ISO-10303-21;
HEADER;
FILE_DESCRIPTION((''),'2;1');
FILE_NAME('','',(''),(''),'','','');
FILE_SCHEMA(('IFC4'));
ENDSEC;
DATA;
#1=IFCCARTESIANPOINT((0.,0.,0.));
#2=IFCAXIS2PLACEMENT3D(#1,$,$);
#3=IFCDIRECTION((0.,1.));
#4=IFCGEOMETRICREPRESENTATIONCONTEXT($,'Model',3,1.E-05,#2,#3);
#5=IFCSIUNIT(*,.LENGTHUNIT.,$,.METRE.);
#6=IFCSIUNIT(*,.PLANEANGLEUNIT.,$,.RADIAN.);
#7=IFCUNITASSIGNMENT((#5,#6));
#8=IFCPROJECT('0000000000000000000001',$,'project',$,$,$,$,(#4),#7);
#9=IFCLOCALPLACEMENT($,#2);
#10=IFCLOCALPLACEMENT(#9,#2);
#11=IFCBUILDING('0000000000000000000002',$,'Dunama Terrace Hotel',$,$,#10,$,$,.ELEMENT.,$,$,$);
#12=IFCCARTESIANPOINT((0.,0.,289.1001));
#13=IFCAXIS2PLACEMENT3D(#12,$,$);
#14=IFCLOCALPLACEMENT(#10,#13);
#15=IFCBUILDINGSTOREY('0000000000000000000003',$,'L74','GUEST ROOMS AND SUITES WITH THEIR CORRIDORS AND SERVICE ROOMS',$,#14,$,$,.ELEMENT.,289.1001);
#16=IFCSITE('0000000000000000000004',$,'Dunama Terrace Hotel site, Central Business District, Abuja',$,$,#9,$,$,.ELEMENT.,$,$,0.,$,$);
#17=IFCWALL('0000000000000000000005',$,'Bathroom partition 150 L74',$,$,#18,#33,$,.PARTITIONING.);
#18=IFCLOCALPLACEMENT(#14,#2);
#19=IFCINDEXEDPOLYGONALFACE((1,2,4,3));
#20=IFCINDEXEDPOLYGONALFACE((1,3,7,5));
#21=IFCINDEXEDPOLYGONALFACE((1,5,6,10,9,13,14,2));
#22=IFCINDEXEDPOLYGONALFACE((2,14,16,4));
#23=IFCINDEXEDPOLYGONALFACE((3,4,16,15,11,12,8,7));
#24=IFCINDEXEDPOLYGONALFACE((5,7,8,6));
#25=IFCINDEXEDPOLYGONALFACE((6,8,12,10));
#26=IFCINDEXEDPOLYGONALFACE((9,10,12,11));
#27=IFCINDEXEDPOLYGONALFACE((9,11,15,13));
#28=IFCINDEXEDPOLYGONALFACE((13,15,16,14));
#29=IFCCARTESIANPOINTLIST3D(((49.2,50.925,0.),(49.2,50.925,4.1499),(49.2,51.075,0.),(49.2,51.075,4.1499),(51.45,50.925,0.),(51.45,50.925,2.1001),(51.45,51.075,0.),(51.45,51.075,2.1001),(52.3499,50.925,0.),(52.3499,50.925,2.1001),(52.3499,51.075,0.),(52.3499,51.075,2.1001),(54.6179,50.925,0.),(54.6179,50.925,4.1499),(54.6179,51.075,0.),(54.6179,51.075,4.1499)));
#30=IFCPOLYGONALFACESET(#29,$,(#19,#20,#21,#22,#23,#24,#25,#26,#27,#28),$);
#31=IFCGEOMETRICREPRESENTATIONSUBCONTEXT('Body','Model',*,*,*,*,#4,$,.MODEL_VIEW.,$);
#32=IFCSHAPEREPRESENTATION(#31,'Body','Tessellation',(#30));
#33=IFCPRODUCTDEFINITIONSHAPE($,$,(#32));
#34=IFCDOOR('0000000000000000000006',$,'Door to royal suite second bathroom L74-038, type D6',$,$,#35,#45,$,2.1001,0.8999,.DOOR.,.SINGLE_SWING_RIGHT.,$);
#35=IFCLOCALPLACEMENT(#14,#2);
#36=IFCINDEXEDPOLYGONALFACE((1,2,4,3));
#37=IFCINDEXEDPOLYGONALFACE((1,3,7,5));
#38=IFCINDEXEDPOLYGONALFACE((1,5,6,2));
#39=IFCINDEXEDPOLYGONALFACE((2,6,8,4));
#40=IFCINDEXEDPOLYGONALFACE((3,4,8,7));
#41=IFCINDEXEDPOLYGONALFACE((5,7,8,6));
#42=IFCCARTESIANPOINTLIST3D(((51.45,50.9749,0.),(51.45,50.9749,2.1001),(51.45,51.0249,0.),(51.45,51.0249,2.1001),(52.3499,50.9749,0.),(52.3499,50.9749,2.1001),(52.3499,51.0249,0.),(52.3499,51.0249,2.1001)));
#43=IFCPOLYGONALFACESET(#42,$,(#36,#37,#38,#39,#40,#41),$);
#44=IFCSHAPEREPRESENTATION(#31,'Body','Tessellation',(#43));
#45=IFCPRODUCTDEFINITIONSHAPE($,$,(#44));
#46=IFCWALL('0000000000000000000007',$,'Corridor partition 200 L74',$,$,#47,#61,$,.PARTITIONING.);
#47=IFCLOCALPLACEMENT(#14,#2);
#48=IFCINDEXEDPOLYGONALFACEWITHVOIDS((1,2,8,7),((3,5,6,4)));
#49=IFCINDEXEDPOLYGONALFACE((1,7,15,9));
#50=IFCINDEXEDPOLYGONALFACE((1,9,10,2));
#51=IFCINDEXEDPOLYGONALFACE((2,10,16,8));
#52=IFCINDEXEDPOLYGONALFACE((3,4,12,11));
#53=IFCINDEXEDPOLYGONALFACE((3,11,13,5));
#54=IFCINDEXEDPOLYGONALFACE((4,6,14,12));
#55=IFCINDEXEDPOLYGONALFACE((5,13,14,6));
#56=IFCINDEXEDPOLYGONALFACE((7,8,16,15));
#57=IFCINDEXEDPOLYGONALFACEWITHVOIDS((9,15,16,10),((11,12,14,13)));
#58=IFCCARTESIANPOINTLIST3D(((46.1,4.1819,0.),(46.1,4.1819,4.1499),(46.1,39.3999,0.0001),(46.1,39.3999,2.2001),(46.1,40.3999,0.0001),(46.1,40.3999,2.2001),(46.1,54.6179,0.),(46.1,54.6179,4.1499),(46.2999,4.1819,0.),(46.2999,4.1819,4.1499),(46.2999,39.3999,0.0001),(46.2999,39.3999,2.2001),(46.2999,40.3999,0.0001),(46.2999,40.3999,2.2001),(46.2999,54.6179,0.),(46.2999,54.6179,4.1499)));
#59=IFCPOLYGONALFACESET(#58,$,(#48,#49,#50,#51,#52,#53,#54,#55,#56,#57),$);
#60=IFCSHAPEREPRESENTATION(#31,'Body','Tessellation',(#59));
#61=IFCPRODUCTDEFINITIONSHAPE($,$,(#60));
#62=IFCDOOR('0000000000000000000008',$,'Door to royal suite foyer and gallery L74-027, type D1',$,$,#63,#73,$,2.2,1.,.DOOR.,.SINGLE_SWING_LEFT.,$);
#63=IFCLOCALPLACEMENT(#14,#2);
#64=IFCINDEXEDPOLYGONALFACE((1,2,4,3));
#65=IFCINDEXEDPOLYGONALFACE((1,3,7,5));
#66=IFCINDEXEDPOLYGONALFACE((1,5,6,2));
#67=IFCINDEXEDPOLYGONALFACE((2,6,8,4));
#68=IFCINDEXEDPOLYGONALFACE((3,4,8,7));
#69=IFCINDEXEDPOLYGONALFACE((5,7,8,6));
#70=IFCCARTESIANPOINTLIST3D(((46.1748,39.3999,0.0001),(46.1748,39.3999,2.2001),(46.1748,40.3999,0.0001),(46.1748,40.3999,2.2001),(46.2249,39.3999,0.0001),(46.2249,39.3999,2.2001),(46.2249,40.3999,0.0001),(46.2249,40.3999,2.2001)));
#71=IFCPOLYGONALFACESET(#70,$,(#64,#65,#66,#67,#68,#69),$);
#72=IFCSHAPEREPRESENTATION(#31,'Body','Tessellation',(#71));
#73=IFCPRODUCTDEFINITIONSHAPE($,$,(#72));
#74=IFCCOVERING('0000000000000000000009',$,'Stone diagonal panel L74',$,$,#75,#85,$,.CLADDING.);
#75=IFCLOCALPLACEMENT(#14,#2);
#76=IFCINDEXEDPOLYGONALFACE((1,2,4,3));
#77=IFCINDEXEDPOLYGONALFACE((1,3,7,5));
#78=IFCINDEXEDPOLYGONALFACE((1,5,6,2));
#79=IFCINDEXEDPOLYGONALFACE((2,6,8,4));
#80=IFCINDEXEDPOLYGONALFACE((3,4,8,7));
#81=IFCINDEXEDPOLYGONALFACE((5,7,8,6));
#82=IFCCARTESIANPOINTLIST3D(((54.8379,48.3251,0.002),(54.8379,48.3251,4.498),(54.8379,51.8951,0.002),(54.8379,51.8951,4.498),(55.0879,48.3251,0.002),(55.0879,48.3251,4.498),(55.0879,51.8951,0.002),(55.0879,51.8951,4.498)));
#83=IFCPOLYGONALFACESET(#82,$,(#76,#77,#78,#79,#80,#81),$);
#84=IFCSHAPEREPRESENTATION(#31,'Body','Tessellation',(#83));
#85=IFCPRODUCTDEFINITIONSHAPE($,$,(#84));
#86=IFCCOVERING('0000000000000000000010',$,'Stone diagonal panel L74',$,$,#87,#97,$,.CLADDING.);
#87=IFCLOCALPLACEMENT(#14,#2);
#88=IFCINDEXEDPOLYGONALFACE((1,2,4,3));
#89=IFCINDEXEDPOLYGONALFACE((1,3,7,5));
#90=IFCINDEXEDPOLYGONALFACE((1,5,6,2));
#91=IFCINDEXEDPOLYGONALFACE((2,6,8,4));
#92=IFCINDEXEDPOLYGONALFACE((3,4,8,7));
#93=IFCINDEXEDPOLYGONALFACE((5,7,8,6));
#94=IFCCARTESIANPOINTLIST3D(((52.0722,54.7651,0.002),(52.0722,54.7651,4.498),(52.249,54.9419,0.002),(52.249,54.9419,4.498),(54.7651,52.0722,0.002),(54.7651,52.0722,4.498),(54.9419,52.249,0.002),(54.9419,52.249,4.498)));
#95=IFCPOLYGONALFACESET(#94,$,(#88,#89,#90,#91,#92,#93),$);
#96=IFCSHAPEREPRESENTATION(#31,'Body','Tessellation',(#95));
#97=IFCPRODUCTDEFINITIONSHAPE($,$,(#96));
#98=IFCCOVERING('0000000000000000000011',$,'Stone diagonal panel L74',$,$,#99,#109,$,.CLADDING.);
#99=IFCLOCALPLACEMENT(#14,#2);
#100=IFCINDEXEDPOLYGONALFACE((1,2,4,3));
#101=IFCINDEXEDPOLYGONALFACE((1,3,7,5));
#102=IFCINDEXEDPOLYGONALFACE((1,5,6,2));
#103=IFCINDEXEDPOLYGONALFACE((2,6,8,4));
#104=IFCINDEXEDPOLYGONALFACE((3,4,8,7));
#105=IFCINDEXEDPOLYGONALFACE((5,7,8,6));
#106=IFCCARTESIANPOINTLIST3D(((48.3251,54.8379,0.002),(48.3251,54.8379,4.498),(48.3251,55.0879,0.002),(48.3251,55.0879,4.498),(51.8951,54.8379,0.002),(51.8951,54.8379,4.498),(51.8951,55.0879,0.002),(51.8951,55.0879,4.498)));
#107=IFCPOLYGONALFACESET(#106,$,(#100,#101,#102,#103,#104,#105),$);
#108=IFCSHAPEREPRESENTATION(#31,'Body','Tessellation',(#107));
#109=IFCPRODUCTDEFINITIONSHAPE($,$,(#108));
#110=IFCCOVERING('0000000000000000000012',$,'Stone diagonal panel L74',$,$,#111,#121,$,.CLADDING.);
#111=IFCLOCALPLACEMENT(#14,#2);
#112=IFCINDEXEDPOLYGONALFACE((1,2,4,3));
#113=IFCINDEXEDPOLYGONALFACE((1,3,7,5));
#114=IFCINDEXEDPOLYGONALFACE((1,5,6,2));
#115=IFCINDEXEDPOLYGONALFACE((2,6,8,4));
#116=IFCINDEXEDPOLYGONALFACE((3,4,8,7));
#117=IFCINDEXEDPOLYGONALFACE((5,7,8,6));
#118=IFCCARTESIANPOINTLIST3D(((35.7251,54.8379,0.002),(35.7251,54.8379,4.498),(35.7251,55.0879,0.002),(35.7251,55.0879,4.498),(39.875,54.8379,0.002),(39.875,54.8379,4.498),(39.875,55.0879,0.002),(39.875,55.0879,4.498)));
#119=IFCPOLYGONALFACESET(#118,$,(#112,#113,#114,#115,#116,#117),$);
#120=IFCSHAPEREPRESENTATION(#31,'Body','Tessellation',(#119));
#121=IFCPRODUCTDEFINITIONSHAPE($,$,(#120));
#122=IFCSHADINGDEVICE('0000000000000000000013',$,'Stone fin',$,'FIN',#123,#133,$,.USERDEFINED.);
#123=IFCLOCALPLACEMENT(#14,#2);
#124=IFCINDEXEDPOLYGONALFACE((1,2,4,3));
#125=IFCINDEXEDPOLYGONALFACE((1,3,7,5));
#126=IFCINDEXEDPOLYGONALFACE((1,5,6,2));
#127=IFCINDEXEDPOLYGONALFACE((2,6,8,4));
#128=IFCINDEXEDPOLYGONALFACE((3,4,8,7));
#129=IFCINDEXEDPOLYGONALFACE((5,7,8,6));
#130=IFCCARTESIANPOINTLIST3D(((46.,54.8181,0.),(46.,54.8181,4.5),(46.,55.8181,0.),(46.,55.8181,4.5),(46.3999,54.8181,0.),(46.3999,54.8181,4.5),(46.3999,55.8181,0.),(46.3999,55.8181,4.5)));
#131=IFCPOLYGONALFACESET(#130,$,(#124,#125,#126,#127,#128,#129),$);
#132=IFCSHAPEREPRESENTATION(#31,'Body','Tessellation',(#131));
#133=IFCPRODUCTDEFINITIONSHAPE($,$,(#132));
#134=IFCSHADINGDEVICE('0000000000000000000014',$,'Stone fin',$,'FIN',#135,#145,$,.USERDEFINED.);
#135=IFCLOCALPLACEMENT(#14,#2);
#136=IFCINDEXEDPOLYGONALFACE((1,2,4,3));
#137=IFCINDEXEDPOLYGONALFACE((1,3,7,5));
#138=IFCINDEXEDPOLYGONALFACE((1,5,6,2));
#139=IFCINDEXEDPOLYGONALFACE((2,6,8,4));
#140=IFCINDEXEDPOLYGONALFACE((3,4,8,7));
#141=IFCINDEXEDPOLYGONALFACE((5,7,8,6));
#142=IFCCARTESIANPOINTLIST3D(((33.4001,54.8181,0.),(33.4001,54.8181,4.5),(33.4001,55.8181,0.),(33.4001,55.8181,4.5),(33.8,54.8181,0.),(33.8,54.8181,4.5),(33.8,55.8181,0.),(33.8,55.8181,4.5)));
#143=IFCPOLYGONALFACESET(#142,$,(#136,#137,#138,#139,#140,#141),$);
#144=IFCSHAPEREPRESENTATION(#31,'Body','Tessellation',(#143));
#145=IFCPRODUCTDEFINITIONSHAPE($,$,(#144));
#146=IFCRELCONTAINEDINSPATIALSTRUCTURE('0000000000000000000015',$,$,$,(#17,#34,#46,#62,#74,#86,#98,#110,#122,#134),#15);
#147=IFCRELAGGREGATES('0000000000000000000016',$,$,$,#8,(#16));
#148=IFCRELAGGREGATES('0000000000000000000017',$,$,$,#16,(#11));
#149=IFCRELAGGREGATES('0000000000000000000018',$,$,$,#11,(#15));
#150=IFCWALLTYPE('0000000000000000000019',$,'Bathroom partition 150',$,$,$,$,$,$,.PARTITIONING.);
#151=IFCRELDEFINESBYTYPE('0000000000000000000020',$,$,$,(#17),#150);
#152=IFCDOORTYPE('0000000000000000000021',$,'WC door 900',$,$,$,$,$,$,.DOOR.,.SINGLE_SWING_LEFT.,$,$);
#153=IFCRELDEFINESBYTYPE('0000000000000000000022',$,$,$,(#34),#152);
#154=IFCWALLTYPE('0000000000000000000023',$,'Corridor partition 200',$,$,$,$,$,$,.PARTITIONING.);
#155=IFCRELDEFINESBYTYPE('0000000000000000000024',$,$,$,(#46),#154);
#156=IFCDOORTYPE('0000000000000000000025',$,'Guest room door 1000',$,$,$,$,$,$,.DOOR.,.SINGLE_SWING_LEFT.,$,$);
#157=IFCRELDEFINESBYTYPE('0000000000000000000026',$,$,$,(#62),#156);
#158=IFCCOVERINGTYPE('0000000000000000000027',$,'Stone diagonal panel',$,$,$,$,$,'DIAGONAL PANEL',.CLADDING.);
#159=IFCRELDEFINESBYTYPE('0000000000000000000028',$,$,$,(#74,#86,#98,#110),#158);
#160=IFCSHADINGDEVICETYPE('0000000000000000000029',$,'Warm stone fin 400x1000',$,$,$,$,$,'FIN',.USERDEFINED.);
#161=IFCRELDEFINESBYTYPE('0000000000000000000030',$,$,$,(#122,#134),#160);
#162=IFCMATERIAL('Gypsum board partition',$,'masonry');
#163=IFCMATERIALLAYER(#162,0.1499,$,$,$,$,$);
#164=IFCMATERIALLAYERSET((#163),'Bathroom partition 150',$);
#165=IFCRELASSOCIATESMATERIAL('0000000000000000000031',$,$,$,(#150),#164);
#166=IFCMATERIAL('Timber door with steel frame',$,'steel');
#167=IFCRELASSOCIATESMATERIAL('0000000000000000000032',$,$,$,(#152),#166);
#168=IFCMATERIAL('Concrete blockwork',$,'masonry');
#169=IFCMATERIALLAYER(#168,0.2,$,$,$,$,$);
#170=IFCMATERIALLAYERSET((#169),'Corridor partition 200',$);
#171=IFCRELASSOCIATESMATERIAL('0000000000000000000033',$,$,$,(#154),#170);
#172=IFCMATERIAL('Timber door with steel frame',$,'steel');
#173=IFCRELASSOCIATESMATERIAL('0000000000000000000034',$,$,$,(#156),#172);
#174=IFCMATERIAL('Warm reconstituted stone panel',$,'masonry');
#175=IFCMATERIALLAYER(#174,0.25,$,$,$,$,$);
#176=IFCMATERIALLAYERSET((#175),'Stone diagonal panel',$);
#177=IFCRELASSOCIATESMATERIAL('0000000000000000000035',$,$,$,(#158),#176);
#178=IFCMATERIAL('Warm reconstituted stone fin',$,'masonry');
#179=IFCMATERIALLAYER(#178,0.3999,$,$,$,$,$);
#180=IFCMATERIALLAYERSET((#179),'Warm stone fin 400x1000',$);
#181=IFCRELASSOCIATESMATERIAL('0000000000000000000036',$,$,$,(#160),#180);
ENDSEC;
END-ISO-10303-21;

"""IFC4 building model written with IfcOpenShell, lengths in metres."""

from ifc_helpers import new_model, si_unit, direction, frame, frame_2d, origin, origin_2d, place, context, subcontext, project, spatial, rectangle, extrude, material, layer, layer_set, type_object, element, fill, save


model = new_model("IFC4")

# Units and contexts
model_context = context("Model", 3, precision=1e-05, world=origin(), true_north=direction((0.0, 1.0)))
body_context = subcontext(model_context, "Body", "Model", "MODEL_VIEW")
ifc_project = project(units=[si_unit("LENGTHUNIT", "METRE"), si_unit("PLANEANGLEUNIT", "RADIAN")], contexts=[model_context])

# Site, building, storey
site_placement = place(None, origin())
site = spatial("IfcSite", under=ifc_project, at=site_placement, Name="Dunama Terrace Hotel site, Central Business District, Abuja", CompositionType="ELEMENT", RefElevation=0.0)
building_placement = place(site_placement, origin())
building = spatial("IfcBuilding", under=site, at=building_placement, Name="Dunama Terrace Hotel", CompositionType="ELEMENT")
storey_placement = place(building_placement, frame((0.0, 0.0, 289.1001)))
storey = spatial("IfcBuildingStorey", under=building, at=storey_placement, Name="L74", Description="GUEST ROOMS AND SUITES WITH THEIR CORRIDORS AND SERVICE ROOMS", CompositionType="ELEMENT", Elevation=289.1001)

# Walls, openings, doors
ifc_material_1 = material(Name="Gypsum board partition", Category="masonry")
ifc_layer_1 = layer(ifc_material_1, 0.1499)
ifc_layer_set_1 = layer_set([ifc_layer_1], Name="Bathroom partition 150")
wall_type_1 = type_object("IfcWallType", Name="Bathroom partition 150", PredefinedType="PARTITIONING", material=ifc_layer_set_1)
wall_1_placement = place(storey_placement, frame((49.2, 51.0, 0.0), z_axis=(0.0, 0.0, 1.0), x_axis=(1.0, 0.0, 0.0)))
wall_1 = element("IfcWall", 1, at=wall_1_placement, inside=storey, type_object=wall_type_1, Name="Bathroom partition 150 L74", PredefinedType="PARTITIONING", context=body_context, shape_type="SweptSolid", body=[
    extrude(rectangle(XDim=5.418, YDim=0.1499, at=frame_2d((2.709, 0.0))), origin(), (0.0, 0.0, 1.0), 4.1499),
])
opening_1_placement = place(wall_1_placement, frame((2.25, 0.0, 0.0)))
opening_1 = element("IfcOpeningElement", 2, at=opening_1_placement, cuts=wall_1, PredefinedType="OPENING", context=body_context, shape_type="SweptSolid", body=[
    extrude(rectangle(XDim=0.8999, YDim=2.1001, at=frame_2d((0.45, 1.05))), frame((0.0, 0.085, 0.0), z_axis=(0.0, -1.0, 0.0), x_axis=(1.0, 0.0, 0.0)), (0.0, 0.0, 1.0), 0.1699),
])
ifc_material_2 = material(Name="Timber door with steel frame", Category="steel")
door_type_1 = type_object("IfcDoorType", Name="WC door 900", OperationType="SINGLE_SWING_LEFT", PredefinedType="DOOR", material=ifc_material_2)
door_1_placement = place(opening_1_placement, origin())
door_1 = element("IfcDoor", 3, at=door_1_placement, inside=storey, type_object=door_type_1, Name="Door to royal suite second bathroom L74-038, type D6", OperationType="SINGLE_SWING_RIGHT", OverallHeight=2.1001, OverallWidth=0.8999, PredefinedType="DOOR", context=body_context, shape_type="SweptSolid", body=[
    extrude(rectangle(XDim=0.8999, YDim=2.1001, at=frame_2d((0.45, 1.05))), frame((0.0, 0.0249, 0.0), z_axis=(0.0, -1.0, 0.0), x_axis=(1.0, 0.0, 0.0)), (0.0, 0.0, 1.0), 0.05),
])
fill(opening_1, door_1)
ifc_material_3 = material(Name="Concrete blockwork", Category="masonry")
ifc_layer_2 = layer(ifc_material_3, 0.2)
ifc_layer_set_2 = layer_set([ifc_layer_2], Name="Corridor partition 200")
wall_type_2 = type_object("IfcWallType", Name="Corridor partition 200", PredefinedType="PARTITIONING", material=ifc_layer_set_2)
wall_2_placement = place(storey_placement, frame((46.2, 54.6179, 0.0), z_axis=(0.0, 0.0, 1.0), x_axis=(0.0, -1.0, 0.0)))
wall_2 = element("IfcWall", 4, at=wall_2_placement, inside=storey, type_object=wall_type_2, Name="Corridor partition 200 L74", PredefinedType="PARTITIONING", context=body_context, shape_type="SweptSolid", body=[
    extrude(rectangle(XDim=50.436, YDim=0.2, at=frame_2d((25.218, 0.0))), origin(), (0.0, 0.0, 1.0), 4.1499),
])
opening_2_placement = place(wall_2_placement, frame((14.218, 0.0, 0.0)))
opening_2 = element("IfcOpeningElement", 5, at=opening_2_placement, cuts=wall_2, PredefinedType="OPENING", context=body_context, shape_type="SweptSolid", body=[
    extrude(rectangle(XDim=1.0, YDim=2.2, at=frame_2d((0.5, 1.1001))), frame((0.0, 0.1099, 0.0), z_axis=(0.0, -1.0, 0.0), x_axis=(1.0, 0.0, 0.0)), (0.0, 0.0, 1.0), 0.22),
])
ifc_material_4 = material(Name="Timber door with steel frame", Category="steel")
door_type_2 = type_object("IfcDoorType", Name="Guest room door 1000", OperationType="SINGLE_SWING_LEFT", PredefinedType="DOOR", material=ifc_material_4)
door_2_placement = place(opening_2_placement, origin())
door_2 = element("IfcDoor", 6, at=door_2_placement, inside=storey, type_object=door_type_2, Name="Door to royal suite foyer and gallery L74-027, type D1", OperationType="SINGLE_SWING_LEFT", OverallHeight=2.2, OverallWidth=1.0, PredefinedType="DOOR", context=body_context, shape_type="SweptSolid", body=[
    extrude(rectangle(XDim=1.0, YDim=2.2, at=frame_2d((0.5, 1.1001))), frame((0.0, 0.0249, 0.0), z_axis=(0.0, -1.0, 0.0), x_axis=(1.0, 0.0, 0.0)), (0.0, 0.0, 1.0), 0.05),
])
fill(opening_2, door_2)

# Coverings
ifc_material_5 = material(Name="Warm reconstituted stone panel", Category="masonry")
ifc_layer_3 = layer(ifc_material_5, 0.25)
ifc_layer_set_3 = layer_set([ifc_layer_3], Name="Stone diagonal panel")
covering_type = type_object("IfcCoveringType", Name="Stone diagonal panel", ElementType="DIAGONAL PANEL", PredefinedType="CLADDING", material=ifc_layer_set_3)
covering_1_placement = place(storey_placement, frame((54.9629, 50.1101, 0.002), z_axis=(0.0, 0.0, 1.0), x_axis=(0.0, 1.0, 0.0)))
element("IfcCovering", 7, at=covering_1_placement, inside=storey, type_object=covering_type, Name="Stone diagonal panel L74", PredefinedType="CLADDING", context=body_context, shape_type="SweptSolid", body=[
    extrude(rectangle(XDim=3.5701, YDim=0.25, at=origin_2d()), origin(), (0.0, 0.0, 1.0), 4.4961),
])
covering_2_placement = place(storey_placement, frame((53.5071, 53.5071, 0.002), z_axis=(0.0, 0.0, 1.0), x_axis=(-0.707107, 0.707107, 0.0)))
element("IfcCovering", 8, at=covering_2_placement, inside=storey, type_object=covering_type, Name="Stone diagonal panel L74", PredefinedType="CLADDING", context=body_context, shape_type="SweptSolid", body=[
    extrude(rectangle(XDim=3.8083, YDim=0.25, at=origin_2d()), origin(), (0.0, 0.0, 1.0), 4.4961),
])
covering_3_placement = place(storey_placement, frame((50.1101, 54.9629, 0.002), z_axis=(0.0, 0.0, 1.0), x_axis=(-1.0, 0.0, 0.0)))
element("IfcCovering", 9, at=covering_3_placement, inside=storey, type_object=covering_type, Name="Stone diagonal panel L74", PredefinedType="CLADDING", context=body_context, shape_type="SweptSolid", body=[
    extrude(rectangle(XDim=3.5701, YDim=0.25, at=origin_2d()), origin(), (0.0, 0.0, 1.0), 4.4961),
])
covering_4_placement = place(storey_placement, frame((37.8, 54.9629, 0.002), z_axis=(0.0, 0.0, 1.0), x_axis=(-1.0, 0.0, 0.0)))
element("IfcCovering", 10, at=covering_4_placement, inside=storey, type_object=covering_type, Name="Stone diagonal panel L74", PredefinedType="CLADDING", context=body_context, shape_type="SweptSolid", body=[
    extrude(rectangle(XDim=4.1499, YDim=0.25, at=origin_2d()), origin(), (0.0, 0.0, 1.0), 4.4961),
])

# Shading devices
ifc_material_6 = material(Name="Warm reconstituted stone fin", Category="masonry")
ifc_layer_4 = layer(ifc_material_6, 0.3999)
ifc_layer_set_4 = layer_set([ifc_layer_4], Name="Warm stone fin 400x1000")
shading_device_type = type_object("IfcShadingDeviceType", Name="Warm stone fin 400x1000", ElementType="FIN", PredefinedType="USERDEFINED", material=ifc_layer_set_4)
for number, where, z_axis, x_axis, name in (
    (11, (46.2, 55.3181, 0.0), (0.0, 0.0, 1.0), (-1.0, 0.0, 0.0), "Stone fin"),
    (12, (33.6001, 55.3181, 0.0), (0.0, 0.0, 1.0), (-1.0, 0.0, 0.0), "Stone fin"),
):
    element("IfcShadingDevice", number, at=place(storey_placement, frame(where, z_axis=z_axis, x_axis=x_axis)), inside=storey, type_object=shading_device_type, Name=name, ObjectType="FIN", PredefinedType="USERDEFINED", context=body_context, shape_type="SweptSolid", body=[
        extrude(rectangle(XDim=0.3999, YDim=1.0, at=origin_2d()), origin(), (0.0, 0.0, 1.0), 4.5),
    ])

save(model, "model.ifc")
